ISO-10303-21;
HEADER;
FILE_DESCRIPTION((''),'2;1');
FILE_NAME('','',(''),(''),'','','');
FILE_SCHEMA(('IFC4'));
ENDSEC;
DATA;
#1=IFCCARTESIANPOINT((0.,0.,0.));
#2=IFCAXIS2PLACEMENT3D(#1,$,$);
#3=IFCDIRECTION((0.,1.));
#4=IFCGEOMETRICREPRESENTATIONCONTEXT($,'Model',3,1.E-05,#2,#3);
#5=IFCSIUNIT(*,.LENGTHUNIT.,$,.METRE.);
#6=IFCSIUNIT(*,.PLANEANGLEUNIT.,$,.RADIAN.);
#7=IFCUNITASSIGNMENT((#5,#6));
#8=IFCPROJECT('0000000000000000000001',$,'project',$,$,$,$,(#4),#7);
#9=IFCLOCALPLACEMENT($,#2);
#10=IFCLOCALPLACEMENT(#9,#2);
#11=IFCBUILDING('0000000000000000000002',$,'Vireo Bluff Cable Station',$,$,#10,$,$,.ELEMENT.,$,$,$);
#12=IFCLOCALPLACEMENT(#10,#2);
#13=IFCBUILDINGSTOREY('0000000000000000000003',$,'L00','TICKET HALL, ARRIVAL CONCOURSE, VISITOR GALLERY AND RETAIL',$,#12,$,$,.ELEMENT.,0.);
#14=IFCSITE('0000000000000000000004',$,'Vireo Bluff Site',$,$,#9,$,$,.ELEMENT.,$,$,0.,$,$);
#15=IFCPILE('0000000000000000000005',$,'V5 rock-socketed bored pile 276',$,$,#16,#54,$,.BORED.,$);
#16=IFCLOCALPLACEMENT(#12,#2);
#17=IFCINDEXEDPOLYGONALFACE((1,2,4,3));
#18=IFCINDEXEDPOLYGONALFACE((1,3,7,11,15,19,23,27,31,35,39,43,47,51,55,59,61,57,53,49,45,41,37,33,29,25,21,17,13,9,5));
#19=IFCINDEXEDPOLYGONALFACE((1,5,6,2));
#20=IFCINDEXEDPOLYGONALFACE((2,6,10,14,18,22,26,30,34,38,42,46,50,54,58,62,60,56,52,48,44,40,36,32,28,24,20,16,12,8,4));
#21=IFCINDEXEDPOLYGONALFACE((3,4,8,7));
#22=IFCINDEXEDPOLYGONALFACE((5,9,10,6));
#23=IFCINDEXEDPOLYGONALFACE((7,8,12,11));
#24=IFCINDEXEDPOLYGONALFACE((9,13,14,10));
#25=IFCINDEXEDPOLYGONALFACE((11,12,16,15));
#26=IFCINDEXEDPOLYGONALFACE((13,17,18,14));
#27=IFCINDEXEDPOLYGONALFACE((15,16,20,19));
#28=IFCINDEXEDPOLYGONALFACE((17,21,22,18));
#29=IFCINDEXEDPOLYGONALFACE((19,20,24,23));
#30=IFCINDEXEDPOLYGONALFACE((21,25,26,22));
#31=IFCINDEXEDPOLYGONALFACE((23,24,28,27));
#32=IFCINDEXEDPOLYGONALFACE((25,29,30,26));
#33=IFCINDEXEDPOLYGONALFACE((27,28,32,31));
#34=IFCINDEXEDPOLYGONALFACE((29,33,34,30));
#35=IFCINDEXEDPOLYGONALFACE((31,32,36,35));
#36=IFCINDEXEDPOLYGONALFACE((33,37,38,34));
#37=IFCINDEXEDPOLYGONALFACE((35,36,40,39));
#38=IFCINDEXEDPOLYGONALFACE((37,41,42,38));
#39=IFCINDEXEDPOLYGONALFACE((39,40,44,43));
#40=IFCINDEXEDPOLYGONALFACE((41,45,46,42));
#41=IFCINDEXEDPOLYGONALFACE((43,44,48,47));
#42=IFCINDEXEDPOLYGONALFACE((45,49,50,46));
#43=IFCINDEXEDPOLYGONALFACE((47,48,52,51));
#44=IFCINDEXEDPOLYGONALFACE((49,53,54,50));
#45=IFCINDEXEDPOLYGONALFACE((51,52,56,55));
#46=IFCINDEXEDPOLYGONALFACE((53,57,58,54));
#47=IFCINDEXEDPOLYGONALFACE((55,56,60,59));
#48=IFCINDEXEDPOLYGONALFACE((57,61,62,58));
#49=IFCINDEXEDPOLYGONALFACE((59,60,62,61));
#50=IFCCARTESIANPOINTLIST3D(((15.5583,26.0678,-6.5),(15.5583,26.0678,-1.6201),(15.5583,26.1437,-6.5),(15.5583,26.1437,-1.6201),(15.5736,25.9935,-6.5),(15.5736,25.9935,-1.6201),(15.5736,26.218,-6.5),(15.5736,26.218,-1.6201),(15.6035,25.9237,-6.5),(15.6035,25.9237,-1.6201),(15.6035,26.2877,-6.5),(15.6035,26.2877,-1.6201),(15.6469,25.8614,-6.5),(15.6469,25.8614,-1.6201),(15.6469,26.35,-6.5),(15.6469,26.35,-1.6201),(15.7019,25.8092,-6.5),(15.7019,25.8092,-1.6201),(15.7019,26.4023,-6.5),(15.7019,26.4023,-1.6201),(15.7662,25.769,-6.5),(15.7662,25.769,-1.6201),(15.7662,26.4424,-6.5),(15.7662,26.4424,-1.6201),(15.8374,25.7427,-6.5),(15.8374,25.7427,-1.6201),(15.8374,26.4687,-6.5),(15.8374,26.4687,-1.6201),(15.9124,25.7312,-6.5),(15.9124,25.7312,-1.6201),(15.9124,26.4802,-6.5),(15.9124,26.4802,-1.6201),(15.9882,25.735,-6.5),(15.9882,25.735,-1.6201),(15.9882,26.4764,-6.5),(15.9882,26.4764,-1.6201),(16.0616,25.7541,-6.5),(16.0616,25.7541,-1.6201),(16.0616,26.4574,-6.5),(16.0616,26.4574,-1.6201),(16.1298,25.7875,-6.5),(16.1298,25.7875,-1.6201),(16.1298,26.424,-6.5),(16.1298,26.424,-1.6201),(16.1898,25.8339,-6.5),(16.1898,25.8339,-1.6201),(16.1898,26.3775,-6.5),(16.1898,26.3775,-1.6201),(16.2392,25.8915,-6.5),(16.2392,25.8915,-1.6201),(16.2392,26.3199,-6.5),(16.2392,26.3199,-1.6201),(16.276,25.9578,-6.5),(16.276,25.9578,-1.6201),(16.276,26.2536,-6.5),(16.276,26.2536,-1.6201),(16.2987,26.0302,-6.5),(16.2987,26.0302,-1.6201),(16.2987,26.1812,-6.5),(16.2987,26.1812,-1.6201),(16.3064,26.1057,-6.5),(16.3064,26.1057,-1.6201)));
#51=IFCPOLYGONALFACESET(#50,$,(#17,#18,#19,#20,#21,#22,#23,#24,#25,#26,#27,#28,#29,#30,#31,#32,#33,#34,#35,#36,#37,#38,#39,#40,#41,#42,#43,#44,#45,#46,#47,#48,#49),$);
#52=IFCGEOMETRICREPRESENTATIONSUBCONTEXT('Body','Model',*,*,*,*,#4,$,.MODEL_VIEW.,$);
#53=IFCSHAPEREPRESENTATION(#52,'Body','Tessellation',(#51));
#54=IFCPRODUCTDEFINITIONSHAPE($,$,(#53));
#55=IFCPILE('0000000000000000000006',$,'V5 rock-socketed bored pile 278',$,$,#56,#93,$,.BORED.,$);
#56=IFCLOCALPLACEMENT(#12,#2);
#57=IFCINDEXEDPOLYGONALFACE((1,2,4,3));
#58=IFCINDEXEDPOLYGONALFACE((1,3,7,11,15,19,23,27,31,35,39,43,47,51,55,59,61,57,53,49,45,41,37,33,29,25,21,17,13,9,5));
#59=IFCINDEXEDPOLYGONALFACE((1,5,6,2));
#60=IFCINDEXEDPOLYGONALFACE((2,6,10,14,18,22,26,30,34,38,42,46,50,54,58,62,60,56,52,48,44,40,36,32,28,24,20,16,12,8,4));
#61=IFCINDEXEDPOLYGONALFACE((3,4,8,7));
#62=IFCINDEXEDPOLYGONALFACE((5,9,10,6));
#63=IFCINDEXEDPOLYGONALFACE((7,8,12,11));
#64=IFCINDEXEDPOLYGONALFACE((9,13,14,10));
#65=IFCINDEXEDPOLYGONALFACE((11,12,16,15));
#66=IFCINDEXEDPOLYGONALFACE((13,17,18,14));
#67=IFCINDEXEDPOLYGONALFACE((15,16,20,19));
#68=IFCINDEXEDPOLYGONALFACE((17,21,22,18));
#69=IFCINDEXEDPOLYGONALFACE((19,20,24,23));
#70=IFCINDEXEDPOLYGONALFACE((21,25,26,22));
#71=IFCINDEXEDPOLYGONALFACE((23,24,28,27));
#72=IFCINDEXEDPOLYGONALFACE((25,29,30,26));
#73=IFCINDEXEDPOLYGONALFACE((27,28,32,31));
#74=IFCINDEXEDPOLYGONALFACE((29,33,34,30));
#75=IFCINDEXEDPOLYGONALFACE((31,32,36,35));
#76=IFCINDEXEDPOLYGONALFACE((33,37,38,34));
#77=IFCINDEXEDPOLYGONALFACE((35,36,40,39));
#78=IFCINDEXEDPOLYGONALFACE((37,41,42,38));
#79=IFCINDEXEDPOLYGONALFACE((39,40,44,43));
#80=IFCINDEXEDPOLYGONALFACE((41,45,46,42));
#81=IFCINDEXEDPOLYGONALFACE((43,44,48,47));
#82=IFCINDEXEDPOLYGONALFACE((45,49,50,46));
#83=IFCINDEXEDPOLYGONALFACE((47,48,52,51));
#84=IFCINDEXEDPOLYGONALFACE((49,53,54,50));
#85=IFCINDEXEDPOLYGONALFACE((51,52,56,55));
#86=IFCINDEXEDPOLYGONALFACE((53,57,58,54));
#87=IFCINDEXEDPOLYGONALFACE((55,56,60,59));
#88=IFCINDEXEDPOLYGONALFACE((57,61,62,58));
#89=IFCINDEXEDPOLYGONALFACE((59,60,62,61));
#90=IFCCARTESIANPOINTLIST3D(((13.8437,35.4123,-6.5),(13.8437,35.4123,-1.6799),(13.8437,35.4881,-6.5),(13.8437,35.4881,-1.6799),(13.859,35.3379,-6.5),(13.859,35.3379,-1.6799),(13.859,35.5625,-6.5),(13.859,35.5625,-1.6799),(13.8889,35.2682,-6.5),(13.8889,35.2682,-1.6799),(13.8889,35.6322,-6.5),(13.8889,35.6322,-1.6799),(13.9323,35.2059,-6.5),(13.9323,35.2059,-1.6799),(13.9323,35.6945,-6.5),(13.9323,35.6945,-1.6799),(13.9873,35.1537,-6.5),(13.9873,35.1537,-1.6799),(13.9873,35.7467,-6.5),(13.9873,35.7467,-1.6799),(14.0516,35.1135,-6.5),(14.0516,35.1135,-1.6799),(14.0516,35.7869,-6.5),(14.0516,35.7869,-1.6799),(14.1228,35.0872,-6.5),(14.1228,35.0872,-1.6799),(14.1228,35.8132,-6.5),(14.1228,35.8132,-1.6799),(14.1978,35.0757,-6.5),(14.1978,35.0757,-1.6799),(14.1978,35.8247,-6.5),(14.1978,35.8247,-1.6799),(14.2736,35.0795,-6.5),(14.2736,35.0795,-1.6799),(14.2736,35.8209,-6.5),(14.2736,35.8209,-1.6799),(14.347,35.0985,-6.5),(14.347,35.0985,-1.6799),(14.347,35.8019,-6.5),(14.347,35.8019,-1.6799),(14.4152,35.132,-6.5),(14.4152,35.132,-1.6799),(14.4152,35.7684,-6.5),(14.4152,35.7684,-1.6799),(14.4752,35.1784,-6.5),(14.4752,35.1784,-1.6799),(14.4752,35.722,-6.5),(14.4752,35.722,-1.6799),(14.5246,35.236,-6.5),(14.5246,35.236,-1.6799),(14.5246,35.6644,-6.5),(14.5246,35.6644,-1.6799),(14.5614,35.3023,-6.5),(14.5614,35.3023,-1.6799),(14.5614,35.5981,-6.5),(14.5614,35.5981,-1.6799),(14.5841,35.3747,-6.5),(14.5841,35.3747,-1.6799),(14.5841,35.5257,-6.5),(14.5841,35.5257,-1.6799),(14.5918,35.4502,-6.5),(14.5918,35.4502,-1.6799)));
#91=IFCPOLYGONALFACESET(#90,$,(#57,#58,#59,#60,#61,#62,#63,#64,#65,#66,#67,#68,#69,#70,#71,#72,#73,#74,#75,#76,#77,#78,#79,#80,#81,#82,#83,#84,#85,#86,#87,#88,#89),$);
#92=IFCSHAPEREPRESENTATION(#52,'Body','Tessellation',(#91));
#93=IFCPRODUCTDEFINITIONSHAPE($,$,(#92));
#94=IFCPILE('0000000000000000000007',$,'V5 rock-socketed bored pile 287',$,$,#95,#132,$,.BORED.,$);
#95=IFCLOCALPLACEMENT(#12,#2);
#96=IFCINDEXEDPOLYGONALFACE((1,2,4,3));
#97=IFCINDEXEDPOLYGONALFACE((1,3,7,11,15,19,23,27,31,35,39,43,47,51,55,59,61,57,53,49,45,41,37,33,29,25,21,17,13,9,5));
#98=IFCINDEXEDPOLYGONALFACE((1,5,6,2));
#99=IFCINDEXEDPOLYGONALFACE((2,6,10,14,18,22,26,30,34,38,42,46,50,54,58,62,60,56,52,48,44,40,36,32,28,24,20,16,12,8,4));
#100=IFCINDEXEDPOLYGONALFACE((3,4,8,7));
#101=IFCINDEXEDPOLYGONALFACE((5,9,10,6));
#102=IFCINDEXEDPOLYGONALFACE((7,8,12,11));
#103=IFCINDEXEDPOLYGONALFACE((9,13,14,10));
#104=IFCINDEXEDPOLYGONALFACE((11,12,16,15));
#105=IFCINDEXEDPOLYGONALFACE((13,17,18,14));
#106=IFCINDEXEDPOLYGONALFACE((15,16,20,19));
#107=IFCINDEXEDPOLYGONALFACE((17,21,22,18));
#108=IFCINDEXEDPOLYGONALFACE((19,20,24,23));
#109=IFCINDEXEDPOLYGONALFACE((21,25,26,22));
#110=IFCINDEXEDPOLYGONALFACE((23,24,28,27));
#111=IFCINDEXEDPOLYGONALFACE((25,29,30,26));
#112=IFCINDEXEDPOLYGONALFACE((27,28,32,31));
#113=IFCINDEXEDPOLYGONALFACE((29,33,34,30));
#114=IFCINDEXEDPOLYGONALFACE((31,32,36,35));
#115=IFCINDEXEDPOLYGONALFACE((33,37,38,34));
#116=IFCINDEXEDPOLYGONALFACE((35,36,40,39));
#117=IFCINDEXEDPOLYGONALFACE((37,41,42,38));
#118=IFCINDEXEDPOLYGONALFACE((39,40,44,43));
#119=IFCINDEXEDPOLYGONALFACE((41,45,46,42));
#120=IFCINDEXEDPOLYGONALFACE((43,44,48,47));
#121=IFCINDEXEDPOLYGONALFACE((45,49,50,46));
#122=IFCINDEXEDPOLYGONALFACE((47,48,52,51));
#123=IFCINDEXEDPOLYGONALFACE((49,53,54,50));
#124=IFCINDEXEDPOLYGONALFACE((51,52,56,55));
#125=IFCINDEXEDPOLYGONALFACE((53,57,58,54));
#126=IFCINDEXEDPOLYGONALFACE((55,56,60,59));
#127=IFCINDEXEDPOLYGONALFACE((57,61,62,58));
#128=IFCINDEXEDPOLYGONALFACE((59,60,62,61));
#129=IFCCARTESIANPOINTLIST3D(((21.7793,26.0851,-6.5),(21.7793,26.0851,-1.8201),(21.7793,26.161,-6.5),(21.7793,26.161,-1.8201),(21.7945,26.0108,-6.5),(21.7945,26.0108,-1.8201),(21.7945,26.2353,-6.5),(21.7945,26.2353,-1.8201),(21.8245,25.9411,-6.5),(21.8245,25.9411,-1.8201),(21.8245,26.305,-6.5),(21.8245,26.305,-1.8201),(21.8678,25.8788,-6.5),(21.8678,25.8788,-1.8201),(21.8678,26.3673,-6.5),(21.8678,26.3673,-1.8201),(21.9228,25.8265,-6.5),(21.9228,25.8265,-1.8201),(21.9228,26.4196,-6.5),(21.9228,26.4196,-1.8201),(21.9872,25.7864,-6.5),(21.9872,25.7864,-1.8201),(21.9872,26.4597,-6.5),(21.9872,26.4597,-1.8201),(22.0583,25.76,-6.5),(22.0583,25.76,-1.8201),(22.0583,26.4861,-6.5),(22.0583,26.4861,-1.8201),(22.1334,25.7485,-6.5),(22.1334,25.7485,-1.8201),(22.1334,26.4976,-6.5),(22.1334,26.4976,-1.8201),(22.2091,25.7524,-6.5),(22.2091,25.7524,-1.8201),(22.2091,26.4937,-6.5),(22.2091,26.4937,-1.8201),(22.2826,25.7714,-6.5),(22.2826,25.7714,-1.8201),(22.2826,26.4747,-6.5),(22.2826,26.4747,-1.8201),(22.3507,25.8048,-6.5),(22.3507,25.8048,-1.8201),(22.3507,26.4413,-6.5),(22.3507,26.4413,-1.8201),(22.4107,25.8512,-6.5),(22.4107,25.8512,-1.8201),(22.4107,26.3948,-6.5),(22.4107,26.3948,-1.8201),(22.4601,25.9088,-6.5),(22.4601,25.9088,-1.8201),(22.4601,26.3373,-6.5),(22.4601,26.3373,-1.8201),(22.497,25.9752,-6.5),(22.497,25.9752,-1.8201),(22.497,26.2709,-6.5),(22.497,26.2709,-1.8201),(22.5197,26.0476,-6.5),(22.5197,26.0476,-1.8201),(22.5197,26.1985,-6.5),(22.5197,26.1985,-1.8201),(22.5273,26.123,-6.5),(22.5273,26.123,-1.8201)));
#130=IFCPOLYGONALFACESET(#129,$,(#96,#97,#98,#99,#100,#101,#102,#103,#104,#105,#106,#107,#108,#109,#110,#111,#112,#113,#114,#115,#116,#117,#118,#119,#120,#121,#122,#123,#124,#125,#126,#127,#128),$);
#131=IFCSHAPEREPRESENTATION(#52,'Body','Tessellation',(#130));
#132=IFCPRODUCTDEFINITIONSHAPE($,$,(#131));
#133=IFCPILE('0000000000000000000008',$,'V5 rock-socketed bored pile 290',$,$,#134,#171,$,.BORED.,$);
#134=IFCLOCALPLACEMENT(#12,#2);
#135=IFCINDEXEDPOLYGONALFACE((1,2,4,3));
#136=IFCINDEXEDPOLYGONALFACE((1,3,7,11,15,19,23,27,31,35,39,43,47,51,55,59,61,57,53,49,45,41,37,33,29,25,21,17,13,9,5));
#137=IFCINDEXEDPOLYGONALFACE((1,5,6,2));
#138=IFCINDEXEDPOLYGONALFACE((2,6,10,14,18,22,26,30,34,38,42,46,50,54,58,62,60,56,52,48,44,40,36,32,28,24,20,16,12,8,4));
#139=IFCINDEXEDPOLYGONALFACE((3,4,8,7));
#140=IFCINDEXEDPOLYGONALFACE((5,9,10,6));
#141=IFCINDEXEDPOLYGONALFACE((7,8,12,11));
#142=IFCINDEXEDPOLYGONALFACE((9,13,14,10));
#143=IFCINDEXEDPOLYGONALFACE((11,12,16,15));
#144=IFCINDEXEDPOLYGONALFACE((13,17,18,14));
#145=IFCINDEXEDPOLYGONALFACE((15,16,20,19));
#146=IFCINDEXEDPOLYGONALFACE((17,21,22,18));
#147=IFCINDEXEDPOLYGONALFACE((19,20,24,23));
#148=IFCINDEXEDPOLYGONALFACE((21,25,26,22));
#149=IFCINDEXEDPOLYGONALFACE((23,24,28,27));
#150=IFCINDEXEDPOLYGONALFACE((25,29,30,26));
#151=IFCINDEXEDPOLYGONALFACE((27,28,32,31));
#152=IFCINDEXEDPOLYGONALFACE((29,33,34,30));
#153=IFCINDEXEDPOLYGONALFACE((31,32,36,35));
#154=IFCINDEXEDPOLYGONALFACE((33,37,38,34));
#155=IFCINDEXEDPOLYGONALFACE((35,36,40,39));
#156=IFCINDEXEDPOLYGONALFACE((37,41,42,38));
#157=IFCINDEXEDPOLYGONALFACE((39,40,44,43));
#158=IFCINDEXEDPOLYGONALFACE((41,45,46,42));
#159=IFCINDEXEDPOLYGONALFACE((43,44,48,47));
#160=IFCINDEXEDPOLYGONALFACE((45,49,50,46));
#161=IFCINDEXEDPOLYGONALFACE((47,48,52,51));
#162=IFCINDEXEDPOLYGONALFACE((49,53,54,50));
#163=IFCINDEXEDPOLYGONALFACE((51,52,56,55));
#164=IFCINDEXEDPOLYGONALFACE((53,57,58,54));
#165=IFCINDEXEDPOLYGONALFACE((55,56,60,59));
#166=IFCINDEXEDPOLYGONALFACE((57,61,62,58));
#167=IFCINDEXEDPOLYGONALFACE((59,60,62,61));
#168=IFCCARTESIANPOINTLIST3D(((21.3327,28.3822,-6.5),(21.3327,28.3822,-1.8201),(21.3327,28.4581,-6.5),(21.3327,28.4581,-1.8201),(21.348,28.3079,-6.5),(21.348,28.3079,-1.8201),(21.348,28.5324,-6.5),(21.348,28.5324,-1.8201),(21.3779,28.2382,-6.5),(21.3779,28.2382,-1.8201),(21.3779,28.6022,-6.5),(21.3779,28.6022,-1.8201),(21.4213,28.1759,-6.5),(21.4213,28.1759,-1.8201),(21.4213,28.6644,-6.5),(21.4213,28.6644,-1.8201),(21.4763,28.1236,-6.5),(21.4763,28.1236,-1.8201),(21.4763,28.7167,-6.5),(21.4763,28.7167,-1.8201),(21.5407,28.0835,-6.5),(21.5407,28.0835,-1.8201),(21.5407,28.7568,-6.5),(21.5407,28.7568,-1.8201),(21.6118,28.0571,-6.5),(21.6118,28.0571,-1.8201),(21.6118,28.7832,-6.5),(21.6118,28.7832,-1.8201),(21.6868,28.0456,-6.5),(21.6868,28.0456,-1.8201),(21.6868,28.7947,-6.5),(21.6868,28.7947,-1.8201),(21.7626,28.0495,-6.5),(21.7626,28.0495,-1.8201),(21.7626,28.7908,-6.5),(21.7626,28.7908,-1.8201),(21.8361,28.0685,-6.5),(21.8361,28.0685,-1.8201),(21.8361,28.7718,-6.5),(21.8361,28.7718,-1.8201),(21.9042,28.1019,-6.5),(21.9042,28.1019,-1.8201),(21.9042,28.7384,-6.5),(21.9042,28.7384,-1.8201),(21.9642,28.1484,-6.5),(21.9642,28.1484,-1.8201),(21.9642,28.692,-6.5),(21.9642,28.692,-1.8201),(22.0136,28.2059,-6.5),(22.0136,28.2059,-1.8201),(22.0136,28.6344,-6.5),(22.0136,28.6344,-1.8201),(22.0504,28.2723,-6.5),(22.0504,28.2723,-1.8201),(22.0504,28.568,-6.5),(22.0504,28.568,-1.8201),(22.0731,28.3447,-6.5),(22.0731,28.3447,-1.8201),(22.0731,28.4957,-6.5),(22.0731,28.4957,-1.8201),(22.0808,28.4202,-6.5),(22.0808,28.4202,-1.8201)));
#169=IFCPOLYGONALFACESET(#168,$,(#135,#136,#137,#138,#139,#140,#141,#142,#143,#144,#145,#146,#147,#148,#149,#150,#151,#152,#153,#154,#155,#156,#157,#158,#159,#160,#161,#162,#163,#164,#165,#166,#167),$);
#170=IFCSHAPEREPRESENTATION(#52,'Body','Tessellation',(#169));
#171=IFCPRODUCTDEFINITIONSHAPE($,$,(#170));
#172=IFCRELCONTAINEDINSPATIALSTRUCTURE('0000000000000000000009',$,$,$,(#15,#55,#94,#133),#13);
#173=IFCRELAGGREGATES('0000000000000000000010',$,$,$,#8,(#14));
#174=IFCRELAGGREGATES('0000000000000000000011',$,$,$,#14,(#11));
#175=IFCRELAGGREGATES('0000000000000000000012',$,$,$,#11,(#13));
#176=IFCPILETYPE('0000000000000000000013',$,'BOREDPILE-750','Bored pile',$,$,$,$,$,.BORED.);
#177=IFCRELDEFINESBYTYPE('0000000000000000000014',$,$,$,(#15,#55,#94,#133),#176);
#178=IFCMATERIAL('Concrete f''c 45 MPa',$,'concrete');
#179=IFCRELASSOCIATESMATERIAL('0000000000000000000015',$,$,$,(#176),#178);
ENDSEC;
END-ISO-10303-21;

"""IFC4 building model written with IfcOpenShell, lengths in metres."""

from ifc_helpers import new_model, si_unit, direction, frame, origin, origin_2d, place, context, subcontext, project, spatial, circle, extrude, material, material_profile, profile_set, type_object, element, save


model = new_model("IFC4")

# Units and contexts
model_context = context("Model", 3, precision=1e-05, world=origin(), true_north=direction((0.0, 1.0)))
body_context = subcontext(model_context, "Body", "Model", "MODEL_VIEW")
ifc_project = project(units=[si_unit("LENGTHUNIT", "METRE"), si_unit("PLANEANGLEUNIT", "RADIAN")], contexts=[model_context])

# Site, building, storey
site_placement = place(None, origin())
site = spatial("IfcSite", under=ifc_project, at=site_placement, Name="Vireo Bluff Site", CompositionType="ELEMENT", RefElevation=0.0)
building_placement = place(site_placement, origin())
building = spatial("IfcBuilding", under=site, at=building_placement, Name="Vireo Bluff Cable Station", CompositionType="ELEMENT")
storey_placement = place(building_placement, origin())
storey = spatial("IfcBuildingStorey", under=building, at=storey_placement, Name="L00", Description="TICKET HALL, ARRIVAL CONCOURSE, VISITOR GALLERY AND RETAIL", CompositionType="ELEMENT", Elevation=0.0)

# Piles
ifc_material_1 = material(Name="Concrete f'c 45 MPa", Category="concrete")
ifc_material_profile_1 = material_profile(ifc_material_1, circle(Radius=0.375, at=origin_2d()), Name="BOREDPILE-750")
ifc_profile_set_1 = profile_set([ifc_material_profile_1], Name="Concrete f'c 45 MPa")
pile_type_1 = type_object("IfcPileType", Name="BOREDPILE-750", Description="Bored pile", PredefinedType="BORED", material=ifc_profile_set_1)
pile_1_placement = place(storey_placement, frame((15.9314, 26.1057, -1.6201), z_axis=(0.0, 0.0, -1.0), x_axis=(1.0, 0.0, 0.0)))
element("IfcPile", 1, at=pile_1_placement, inside=storey, type_object=pile_type_1, Name="V5 rock-socketed bored pile 276", PredefinedType="BORED", context=body_context, shape_type="SweptSolid", body=[
    extrude(circle(Radius=0.375, at=origin_2d()), origin(), (0.0, 0.0, 1.0), 4.8799),
])
pile_2_placement = place(storey_placement, frame((14.2168, 35.4502, -1.6799), z_axis=(0.0, 0.0, -1.0), x_axis=(1.0, 0.0, 0.0)))
element("IfcPile", 2, at=pile_2_placement, inside=storey, type_object=pile_type_1, Name="V5 rock-socketed bored pile 278", PredefinedType="BORED", context=body_context, shape_type="SweptSolid", body=[
    extrude(circle(Radius=0.375, at=origin_2d()), origin(), (0.0, 0.0, 1.0), 4.8201),
])
for number, where, z_axis, x_axis, name in (
    (3, (22.1523, 26.123, -1.8201), (0.0, 0.0, -1.0), (1.0, 0.0, 0.0), "V5 rock-socketed bored pile 287"),
    (4, (21.7058, 28.4202, -1.8201), (0.0, 0.0, -1.0), (1.0, 0.0, 0.0), "V5 rock-socketed bored pile 290"),
):
    element("IfcPile", number, at=place(storey_placement, frame(where, z_axis=z_axis, x_axis=x_axis)), inside=storey, type_object=pile_type_1, Name=name, PredefinedType="BORED", context=body_context, shape_type="SweptSolid", body=[
        extrude(circle(Radius=0.375, at=origin_2d()), origin(), (0.0, 0.0, 1.0), 4.6799),
    ])

save(model, "model.ifc")
